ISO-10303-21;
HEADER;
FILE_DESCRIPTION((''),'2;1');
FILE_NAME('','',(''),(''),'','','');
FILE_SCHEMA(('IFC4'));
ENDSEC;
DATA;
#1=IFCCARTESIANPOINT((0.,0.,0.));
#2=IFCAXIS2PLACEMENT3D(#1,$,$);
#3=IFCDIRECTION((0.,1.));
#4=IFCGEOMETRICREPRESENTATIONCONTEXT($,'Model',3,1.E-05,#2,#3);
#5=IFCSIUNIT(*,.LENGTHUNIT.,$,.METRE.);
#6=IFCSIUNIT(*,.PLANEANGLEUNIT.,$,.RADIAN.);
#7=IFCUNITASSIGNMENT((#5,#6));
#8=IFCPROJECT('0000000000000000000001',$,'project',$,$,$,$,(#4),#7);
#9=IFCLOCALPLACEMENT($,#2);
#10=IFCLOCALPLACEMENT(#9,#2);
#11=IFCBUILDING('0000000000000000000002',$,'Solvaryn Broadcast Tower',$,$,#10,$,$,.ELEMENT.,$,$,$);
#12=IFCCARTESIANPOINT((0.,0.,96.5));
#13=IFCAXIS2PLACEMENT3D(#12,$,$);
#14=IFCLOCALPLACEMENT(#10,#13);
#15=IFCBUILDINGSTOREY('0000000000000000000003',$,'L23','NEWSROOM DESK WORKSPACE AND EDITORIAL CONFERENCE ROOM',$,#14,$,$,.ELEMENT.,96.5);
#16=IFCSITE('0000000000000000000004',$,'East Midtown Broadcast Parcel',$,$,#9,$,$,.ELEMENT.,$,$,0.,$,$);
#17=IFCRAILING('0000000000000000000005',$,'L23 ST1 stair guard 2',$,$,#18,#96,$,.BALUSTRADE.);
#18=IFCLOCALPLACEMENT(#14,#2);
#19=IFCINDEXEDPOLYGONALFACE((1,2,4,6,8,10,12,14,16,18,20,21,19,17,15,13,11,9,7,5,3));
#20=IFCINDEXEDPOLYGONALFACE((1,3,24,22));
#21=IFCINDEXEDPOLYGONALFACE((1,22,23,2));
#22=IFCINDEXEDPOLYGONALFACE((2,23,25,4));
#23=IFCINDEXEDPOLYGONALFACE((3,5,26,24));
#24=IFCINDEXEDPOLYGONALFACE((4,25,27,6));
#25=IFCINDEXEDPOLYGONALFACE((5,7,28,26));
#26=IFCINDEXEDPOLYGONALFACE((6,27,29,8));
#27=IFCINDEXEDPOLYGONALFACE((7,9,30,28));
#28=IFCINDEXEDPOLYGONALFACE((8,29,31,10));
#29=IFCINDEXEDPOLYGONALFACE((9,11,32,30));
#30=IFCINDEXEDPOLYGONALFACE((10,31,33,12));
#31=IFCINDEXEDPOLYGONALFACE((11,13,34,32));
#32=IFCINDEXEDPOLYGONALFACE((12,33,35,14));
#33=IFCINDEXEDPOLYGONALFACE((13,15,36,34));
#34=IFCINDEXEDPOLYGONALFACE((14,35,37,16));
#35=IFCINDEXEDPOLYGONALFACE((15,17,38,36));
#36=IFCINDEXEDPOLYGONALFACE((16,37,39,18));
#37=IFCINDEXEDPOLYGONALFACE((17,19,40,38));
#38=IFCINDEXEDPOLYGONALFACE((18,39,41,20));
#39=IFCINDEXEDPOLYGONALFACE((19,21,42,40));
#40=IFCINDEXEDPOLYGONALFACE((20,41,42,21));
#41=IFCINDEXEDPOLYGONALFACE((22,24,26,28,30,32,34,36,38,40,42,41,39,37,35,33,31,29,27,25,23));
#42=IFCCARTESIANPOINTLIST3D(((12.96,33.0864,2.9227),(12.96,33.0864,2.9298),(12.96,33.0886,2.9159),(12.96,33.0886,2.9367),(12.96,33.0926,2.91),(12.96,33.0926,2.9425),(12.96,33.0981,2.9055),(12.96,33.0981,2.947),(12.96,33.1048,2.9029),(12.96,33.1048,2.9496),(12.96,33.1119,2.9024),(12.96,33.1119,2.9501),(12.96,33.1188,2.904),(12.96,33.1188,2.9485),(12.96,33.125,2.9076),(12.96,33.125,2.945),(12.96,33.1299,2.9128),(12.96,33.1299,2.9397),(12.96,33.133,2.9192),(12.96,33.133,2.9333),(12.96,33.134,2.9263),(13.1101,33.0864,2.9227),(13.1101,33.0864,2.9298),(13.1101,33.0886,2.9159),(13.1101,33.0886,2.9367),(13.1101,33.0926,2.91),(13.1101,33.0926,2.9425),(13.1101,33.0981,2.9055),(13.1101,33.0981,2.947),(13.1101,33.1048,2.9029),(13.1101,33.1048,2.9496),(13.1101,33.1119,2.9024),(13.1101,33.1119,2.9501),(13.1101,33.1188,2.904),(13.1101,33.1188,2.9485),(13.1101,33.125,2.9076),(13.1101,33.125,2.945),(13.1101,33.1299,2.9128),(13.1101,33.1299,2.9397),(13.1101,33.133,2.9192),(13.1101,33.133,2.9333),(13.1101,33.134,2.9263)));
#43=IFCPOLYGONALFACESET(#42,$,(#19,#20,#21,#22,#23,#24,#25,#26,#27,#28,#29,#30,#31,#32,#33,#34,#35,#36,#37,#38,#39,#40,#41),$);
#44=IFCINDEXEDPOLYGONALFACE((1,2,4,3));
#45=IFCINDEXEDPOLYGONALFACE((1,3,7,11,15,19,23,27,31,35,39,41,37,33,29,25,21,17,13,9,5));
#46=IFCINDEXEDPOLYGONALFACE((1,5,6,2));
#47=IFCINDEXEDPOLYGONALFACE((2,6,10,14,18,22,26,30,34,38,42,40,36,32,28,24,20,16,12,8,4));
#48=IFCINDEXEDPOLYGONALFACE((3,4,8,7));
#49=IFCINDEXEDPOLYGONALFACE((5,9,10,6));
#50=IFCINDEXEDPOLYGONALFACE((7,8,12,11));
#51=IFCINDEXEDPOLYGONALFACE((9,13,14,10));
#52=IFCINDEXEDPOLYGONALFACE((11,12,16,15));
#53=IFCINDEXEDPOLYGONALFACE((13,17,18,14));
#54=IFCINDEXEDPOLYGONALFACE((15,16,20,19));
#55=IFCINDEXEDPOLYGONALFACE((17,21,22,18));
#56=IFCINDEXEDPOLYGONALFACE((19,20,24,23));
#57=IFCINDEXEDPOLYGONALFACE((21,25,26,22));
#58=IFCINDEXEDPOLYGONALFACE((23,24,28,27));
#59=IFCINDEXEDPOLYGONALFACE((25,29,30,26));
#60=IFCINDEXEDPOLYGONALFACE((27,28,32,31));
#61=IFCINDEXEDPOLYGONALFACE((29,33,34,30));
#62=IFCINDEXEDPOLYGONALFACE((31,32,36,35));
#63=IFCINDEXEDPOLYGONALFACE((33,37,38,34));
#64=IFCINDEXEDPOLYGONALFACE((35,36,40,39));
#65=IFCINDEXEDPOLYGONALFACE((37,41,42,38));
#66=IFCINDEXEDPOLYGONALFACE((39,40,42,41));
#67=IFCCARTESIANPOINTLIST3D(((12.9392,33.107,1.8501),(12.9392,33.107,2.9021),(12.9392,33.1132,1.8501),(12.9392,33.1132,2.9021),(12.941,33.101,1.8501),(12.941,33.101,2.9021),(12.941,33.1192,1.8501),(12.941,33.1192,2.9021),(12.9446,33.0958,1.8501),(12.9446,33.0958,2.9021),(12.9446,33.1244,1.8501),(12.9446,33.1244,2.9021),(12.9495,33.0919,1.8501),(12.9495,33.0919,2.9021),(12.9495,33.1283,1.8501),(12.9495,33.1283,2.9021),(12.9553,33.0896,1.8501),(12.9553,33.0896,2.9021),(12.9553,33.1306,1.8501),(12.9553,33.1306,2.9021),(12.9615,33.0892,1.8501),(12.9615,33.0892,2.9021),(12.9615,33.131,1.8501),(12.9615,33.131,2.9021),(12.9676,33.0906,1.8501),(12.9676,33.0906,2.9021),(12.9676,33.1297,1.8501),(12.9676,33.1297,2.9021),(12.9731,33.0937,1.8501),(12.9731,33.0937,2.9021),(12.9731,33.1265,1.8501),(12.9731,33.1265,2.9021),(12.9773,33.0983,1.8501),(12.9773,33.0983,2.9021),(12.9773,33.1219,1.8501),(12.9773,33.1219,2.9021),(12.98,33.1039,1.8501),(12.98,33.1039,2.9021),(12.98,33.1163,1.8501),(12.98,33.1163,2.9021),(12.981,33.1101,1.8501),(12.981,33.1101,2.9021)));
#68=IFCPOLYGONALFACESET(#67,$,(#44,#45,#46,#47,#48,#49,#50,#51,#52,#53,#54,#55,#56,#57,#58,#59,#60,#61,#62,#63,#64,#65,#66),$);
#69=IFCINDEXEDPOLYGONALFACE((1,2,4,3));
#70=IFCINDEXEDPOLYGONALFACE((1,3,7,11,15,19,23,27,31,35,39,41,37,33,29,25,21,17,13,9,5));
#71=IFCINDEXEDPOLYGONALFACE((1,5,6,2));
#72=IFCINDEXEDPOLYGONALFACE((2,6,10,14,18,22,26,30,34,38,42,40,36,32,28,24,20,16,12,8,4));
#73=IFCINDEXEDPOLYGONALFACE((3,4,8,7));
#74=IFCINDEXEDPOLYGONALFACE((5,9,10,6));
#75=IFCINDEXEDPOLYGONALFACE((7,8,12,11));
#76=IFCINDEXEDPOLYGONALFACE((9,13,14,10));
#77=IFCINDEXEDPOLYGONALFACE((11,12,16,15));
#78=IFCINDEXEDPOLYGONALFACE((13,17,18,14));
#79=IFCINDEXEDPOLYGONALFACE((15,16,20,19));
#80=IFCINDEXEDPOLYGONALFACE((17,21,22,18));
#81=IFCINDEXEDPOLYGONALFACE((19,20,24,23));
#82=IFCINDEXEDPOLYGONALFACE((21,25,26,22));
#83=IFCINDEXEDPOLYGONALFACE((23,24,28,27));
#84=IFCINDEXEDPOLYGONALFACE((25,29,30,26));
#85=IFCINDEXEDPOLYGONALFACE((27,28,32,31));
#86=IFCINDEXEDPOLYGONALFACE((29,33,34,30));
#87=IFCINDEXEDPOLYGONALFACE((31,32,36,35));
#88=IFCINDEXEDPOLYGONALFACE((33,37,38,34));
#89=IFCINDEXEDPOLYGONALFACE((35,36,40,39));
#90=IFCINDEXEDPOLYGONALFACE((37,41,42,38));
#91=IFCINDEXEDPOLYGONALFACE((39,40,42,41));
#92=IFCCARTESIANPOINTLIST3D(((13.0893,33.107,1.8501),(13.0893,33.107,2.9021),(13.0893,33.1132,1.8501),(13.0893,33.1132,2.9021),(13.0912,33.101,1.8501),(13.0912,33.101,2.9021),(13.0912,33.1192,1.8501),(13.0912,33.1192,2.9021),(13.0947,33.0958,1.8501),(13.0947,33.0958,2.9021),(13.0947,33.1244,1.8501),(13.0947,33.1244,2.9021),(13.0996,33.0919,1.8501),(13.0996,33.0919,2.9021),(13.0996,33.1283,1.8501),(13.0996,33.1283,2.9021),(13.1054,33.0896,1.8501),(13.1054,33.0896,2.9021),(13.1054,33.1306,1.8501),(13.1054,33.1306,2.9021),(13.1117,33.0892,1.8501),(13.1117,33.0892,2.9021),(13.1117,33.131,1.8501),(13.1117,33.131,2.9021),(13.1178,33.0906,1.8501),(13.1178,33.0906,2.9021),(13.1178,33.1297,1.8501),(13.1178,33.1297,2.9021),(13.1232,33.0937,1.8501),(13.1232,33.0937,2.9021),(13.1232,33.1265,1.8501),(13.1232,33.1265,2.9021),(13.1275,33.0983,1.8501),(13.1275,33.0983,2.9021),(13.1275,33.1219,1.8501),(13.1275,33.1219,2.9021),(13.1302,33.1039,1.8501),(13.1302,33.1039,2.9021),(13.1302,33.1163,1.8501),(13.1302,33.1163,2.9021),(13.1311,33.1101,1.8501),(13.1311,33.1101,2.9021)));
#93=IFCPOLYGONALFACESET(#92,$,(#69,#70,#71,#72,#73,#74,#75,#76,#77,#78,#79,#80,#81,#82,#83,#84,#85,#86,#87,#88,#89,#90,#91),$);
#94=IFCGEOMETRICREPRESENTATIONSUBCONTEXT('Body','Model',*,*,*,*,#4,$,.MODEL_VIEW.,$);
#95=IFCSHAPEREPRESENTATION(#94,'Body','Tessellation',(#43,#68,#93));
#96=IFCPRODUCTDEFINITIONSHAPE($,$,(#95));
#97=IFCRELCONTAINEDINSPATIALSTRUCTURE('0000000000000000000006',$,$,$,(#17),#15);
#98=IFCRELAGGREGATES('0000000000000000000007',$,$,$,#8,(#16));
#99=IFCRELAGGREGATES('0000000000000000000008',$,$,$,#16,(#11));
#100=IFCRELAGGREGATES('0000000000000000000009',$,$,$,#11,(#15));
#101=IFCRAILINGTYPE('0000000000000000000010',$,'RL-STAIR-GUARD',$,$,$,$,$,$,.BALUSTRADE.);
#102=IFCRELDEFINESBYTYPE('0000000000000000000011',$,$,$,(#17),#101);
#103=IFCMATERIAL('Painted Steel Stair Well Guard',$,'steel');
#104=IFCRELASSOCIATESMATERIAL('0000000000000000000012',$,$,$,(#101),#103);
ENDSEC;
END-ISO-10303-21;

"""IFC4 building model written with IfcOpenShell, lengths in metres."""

from ifc_helpers import new_model, si_unit, direction, frame, origin, origin_2d, place, context, subcontext, project, spatial, circle, extrude, material, type_object, element, save


model = new_model("IFC4")

# Units and contexts
model_context = context("Model", 3, precision=1e-05, world=origin(), true_north=direction((0.0, 1.0)))
body_context = subcontext(model_context, "Body", "Model", "MODEL_VIEW")
ifc_project = project(units=[si_unit("LENGTHUNIT", "METRE"), si_unit("PLANEANGLEUNIT", "RADIAN")], contexts=[model_context])

# Site, building, storey
site_placement = place(None, origin())
site = spatial("IfcSite", under=ifc_project, at=site_placement, Name="East Midtown Broadcast Parcel", CompositionType="ELEMENT", RefElevation=0.0)
building_placement = place(site_placement, origin())
building = spatial("IfcBuilding", under=site, at=building_placement, Name="Solvaryn Broadcast Tower", CompositionType="ELEMENT")
storey_placement = place(building_placement, frame((0.0, 0.0, 96.5)))
storey = spatial("IfcBuildingStorey", under=building, at=storey_placement, Name="L23", Description="NEWSROOM DESK WORKSPACE AND EDITORIAL CONFERENCE ROOM", CompositionType="ELEMENT", Elevation=96.5)

# Railing
ifc_material_1 = material(Name="Painted Steel Stair Well Guard", Category="steel")
railing_type_1 = type_object("IfcRailingType", Name="RL-STAIR-GUARD", PredefinedType="BALUSTRADE", material=ifc_material_1)
railing_1_placement = place(storey_placement, frame((12.96, 33.1101, 1.8501)))
element("IfcRailing", 1, at=railing_1_placement, inside=storey, type_object=railing_type_1, Name="L23 ST1 stair guard 2", PredefinedType="BALUSTRADE", context=body_context, shape_type="SweptSolid", body=[
    extrude(circle(Radius=0.0239, at=origin_2d()), frame((0.0, 0.0, 1.0762), z_axis=(1.0, 0.0, 0.0), x_axis=(0.0, 1.0, 0.0)), (0.0, 0.0, 1.0), 0.1501),
    extrude(circle(Radius=0.021, at=origin_2d()), origin(), (0.0, 0.0, 1.0), 1.052),
    extrude(circle(Radius=0.021, at=origin_2d()), frame((0.1501, 0.0, 0.0)), (0.0, 0.0, 1.0), 1.052),
])

save(model, "model.ifc")
